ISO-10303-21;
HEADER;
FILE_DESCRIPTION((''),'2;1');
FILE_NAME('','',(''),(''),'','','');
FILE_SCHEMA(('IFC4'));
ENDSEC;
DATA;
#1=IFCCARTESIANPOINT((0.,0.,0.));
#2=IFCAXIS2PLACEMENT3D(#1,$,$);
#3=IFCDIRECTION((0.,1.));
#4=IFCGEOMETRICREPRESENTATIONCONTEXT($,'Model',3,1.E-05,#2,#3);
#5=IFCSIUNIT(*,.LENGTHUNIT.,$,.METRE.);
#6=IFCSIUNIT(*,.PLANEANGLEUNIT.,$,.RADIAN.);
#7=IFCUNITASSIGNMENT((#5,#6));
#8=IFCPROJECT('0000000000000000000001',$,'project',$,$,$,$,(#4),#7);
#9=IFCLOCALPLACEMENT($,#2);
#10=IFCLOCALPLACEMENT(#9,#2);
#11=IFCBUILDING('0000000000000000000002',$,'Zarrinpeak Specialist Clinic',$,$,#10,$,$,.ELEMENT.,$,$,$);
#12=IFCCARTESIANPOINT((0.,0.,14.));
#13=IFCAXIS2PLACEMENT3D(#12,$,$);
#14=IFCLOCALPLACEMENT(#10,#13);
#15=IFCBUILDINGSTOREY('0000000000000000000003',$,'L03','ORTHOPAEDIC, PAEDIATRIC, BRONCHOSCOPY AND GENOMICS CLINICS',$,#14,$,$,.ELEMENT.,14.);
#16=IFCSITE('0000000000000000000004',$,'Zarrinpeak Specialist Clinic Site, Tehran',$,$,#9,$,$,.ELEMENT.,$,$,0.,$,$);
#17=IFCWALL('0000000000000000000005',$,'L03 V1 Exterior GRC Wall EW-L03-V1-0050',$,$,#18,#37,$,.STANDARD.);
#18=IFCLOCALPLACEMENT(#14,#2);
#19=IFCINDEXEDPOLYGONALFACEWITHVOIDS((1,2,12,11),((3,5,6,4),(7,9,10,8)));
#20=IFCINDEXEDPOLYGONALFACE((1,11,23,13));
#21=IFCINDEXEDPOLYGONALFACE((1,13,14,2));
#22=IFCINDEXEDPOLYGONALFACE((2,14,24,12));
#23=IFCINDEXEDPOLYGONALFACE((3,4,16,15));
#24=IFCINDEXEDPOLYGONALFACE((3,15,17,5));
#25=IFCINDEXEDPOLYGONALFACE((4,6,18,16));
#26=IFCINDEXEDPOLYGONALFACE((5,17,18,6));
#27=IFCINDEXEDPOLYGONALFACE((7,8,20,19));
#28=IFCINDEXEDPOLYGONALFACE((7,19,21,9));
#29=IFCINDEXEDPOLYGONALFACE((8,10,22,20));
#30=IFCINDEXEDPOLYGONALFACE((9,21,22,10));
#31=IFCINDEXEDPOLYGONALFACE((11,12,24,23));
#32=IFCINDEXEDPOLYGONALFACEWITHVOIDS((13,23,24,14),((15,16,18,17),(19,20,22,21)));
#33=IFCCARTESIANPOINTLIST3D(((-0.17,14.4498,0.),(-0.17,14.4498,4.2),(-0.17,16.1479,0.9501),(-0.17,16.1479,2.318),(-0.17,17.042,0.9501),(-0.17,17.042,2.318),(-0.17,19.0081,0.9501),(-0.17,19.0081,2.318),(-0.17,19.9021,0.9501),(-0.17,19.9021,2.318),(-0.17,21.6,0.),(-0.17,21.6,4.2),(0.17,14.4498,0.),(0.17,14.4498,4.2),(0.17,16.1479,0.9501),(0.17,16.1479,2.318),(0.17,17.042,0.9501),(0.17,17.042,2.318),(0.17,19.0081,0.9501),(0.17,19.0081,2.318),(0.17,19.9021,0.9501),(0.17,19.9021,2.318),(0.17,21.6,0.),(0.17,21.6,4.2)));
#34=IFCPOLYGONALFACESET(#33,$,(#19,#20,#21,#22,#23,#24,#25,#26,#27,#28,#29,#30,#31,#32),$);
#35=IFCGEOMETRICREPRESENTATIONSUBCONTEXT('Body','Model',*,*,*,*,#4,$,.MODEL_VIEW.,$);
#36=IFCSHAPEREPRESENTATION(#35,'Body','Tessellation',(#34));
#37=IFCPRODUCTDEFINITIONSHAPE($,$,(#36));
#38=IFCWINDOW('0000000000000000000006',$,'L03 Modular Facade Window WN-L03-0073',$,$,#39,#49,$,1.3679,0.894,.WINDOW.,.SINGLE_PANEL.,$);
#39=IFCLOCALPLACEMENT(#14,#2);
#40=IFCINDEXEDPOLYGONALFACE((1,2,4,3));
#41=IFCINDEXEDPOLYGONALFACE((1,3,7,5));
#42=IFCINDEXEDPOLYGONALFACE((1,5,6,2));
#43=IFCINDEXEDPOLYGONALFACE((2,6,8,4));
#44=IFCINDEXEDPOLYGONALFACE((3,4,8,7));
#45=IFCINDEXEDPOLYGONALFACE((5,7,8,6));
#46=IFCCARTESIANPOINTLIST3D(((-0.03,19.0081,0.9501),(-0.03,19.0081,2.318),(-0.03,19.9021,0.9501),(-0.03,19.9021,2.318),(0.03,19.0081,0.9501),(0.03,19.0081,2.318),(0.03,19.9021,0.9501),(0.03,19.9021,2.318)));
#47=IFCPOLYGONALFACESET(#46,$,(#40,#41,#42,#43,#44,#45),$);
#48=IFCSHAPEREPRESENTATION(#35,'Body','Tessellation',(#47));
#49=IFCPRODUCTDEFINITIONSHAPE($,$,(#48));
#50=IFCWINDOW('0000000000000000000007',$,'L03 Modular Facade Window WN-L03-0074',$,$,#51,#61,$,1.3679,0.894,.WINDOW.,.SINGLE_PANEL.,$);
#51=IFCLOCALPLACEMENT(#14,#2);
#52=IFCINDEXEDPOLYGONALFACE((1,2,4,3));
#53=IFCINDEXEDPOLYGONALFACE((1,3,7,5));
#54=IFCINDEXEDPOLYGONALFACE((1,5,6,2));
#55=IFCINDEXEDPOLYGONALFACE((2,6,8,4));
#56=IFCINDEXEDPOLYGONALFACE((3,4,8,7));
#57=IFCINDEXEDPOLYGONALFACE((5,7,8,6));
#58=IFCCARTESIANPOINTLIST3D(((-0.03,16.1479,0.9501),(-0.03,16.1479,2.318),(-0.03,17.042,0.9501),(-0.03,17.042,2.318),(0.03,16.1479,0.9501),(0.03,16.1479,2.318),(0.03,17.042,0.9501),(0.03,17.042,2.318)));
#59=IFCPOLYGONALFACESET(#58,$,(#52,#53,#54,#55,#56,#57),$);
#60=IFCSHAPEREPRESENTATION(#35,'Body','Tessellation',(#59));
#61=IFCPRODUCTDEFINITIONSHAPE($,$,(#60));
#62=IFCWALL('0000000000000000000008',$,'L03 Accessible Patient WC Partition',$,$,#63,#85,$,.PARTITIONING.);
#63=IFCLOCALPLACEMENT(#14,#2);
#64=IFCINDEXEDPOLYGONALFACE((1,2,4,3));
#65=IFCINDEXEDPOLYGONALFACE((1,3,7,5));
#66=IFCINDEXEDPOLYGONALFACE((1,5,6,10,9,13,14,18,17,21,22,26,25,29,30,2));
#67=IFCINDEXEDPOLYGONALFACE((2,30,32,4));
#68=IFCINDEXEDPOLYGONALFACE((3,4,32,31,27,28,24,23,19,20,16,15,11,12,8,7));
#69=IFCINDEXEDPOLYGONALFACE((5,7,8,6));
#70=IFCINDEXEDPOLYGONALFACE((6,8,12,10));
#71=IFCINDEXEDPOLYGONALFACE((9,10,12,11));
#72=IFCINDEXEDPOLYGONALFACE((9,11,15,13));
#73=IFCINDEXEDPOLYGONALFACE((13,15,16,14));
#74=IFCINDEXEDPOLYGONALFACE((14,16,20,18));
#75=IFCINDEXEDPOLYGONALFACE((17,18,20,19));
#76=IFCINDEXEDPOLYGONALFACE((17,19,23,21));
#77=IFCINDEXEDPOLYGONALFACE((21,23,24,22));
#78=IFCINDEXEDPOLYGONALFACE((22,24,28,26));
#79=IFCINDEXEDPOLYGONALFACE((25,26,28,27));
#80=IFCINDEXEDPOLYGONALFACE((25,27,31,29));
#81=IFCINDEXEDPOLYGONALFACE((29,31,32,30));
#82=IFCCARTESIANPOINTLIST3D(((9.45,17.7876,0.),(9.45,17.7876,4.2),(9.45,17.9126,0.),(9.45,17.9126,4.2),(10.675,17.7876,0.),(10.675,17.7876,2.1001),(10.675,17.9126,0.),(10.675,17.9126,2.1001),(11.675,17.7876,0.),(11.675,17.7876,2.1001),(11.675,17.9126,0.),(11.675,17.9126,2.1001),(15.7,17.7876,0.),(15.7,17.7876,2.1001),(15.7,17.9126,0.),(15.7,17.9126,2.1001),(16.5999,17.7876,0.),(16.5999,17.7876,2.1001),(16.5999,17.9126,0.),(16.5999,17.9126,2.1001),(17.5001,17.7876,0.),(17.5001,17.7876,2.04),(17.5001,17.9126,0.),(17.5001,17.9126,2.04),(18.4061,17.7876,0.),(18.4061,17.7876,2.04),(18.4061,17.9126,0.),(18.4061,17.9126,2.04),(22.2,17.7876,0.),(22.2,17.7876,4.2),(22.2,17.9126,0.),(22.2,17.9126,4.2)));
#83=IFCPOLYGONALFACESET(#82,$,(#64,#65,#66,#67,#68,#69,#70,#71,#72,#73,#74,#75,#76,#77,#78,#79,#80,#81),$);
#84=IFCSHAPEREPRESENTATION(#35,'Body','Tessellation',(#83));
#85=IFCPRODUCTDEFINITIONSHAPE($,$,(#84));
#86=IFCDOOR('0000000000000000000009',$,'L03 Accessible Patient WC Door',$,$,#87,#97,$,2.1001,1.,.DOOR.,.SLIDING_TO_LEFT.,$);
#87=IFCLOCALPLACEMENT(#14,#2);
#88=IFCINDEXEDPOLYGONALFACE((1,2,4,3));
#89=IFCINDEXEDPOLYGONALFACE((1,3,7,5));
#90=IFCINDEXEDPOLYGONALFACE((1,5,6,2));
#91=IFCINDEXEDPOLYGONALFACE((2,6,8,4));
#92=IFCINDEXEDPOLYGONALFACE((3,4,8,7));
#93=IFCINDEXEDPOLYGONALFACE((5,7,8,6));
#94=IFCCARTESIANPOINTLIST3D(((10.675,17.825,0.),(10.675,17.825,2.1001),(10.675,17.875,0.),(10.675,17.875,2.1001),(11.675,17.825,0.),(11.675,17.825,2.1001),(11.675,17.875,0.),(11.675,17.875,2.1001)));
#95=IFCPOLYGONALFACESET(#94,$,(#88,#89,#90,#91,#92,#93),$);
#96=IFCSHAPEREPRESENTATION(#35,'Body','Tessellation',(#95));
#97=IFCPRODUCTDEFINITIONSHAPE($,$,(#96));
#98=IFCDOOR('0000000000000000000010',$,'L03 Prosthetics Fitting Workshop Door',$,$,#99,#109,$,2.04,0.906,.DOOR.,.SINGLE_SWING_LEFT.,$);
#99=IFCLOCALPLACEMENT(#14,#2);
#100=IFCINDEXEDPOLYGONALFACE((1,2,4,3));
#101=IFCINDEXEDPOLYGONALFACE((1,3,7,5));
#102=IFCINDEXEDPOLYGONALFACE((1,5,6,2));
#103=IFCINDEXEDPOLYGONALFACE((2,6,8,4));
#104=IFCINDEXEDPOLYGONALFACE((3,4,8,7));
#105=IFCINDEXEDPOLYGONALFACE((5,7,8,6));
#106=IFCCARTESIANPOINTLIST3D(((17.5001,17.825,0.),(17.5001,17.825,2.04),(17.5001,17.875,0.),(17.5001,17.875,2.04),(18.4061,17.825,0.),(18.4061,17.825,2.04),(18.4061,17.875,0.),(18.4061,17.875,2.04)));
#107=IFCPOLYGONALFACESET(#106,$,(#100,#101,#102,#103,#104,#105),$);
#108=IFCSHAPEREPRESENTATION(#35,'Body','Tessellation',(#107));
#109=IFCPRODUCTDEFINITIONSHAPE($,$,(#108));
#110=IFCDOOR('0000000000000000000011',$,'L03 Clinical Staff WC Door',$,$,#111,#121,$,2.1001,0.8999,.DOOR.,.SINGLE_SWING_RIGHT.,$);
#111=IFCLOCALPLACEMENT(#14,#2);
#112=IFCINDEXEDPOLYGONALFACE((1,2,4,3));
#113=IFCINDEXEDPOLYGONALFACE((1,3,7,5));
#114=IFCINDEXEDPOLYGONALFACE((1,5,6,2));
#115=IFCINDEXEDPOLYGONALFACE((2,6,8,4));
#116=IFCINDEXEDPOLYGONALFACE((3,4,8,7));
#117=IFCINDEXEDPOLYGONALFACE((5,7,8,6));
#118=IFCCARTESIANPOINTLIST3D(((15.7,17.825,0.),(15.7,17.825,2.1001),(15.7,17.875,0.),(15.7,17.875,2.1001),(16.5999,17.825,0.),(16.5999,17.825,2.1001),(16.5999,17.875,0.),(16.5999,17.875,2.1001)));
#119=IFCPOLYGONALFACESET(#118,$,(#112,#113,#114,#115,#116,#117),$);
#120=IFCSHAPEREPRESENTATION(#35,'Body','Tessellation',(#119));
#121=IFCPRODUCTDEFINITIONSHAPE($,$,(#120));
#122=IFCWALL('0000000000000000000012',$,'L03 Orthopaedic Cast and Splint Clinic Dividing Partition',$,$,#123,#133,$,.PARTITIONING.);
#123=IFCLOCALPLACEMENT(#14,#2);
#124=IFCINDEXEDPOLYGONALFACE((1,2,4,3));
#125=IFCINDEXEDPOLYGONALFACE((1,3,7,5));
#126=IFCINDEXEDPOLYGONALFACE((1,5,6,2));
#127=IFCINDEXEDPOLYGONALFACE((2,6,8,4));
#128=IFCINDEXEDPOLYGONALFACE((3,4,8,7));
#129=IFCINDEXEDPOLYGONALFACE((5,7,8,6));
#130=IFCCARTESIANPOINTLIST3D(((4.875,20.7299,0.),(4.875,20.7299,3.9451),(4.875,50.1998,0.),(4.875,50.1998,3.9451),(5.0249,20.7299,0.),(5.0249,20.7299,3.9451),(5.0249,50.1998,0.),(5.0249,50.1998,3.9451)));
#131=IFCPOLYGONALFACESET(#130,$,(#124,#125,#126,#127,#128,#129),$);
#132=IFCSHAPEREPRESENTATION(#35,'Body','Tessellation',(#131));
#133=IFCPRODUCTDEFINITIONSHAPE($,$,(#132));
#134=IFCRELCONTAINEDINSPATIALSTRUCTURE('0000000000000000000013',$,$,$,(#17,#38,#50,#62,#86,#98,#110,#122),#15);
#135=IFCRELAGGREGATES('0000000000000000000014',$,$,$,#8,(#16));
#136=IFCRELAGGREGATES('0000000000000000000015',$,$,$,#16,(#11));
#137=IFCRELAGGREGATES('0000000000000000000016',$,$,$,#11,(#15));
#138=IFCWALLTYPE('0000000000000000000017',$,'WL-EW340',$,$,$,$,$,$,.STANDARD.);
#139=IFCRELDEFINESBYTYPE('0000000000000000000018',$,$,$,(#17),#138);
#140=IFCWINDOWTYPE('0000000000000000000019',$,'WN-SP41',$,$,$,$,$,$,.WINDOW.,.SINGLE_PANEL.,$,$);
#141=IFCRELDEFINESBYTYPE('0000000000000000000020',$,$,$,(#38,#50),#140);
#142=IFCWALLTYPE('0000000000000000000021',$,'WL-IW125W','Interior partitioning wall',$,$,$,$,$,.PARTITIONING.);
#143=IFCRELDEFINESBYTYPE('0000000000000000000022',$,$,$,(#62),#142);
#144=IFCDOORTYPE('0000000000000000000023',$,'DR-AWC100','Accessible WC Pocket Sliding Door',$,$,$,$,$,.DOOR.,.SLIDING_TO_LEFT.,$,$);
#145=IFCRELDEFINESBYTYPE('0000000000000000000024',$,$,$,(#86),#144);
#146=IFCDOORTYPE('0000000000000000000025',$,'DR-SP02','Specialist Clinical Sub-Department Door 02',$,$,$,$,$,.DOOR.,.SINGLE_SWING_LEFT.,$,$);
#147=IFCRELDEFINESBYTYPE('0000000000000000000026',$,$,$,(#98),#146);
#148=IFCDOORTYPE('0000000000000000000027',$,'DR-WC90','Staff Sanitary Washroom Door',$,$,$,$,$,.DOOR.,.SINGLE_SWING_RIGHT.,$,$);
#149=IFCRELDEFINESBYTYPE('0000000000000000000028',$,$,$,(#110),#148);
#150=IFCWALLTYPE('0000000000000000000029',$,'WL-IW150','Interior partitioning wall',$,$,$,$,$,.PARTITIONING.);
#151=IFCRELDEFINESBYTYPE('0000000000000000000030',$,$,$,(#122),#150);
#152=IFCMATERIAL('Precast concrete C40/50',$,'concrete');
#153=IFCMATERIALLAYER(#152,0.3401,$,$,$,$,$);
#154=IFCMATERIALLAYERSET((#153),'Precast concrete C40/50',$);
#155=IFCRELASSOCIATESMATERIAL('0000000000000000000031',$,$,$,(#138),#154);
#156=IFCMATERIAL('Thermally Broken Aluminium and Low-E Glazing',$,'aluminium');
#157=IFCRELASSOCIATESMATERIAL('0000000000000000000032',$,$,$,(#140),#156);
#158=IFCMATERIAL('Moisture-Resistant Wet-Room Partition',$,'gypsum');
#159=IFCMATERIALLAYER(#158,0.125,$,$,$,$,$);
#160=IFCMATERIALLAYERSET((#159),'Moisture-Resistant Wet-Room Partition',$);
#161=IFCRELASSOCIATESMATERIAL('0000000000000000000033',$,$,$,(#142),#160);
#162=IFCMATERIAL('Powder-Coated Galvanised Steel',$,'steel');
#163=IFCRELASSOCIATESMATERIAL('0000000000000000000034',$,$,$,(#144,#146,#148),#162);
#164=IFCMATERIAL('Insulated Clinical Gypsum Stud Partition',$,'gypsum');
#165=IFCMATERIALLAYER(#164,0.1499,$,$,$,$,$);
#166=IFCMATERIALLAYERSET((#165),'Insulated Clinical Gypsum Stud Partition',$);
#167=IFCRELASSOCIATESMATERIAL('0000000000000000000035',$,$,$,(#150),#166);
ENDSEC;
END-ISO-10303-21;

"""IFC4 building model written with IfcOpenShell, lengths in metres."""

from ifc_helpers import new_model, si_unit, direction, frame, frame_2d, origin, place, context, subcontext, project, spatial, rectangle, extrude, material, layer, layer_set, type_object, element, fill, save


model = new_model("IFC4")

# Units and contexts
model_context = context("Model", 3, precision=1e-05, world=origin(), true_north=direction((0.0, 1.0)))
body_context = subcontext(model_context, "Body", "Model", "MODEL_VIEW")
ifc_project = project(units=[si_unit("LENGTHUNIT", "METRE"), si_unit("PLANEANGLEUNIT", "RADIAN")], contexts=[model_context])

# Site, building, storey
site_placement = place(None, origin())
site = spatial("IfcSite", under=ifc_project, at=site_placement, Name="Zarrinpeak Specialist Clinic Site, Tehran", CompositionType="ELEMENT", RefElevation=0.0)
building_placement = place(site_placement, origin())
building = spatial("IfcBuilding", under=site, at=building_placement, Name="Zarrinpeak Specialist Clinic", CompositionType="ELEMENT")
storey_placement = place(building_placement, frame((0.0, 0.0, 14.0)))
storey = spatial("IfcBuildingStorey", under=building, at=storey_placement, Name="L03", Description="ORTHOPAEDIC, PAEDIATRIC, BRONCHOSCOPY AND GENOMICS CLINICS", CompositionType="ELEMENT", Elevation=14.0)

# Wall, openings, windows
ifc_material_1 = material(Name="Precast concrete C40/50", Category="concrete")
ifc_layer_1 = layer(ifc_material_1, 0.3401)
ifc_layer_set_1 = layer_set([ifc_layer_1], Name="Precast concrete C40/50")
wall_type_1 = type_object("IfcWallType", Name="WL-EW340", PredefinedType="STANDARD", material=ifc_layer_set_1)
wall_1_placement = place(storey_placement, frame((0.0, 21.6001, 0.0), z_axis=(0.0, 0.0, 1.0), x_axis=(0.0, -1.0, 0.0)))
wall_1 = element("IfcWall", 1, at=wall_1_placement, inside=storey, type_object=wall_type_1, Name="L03 V1 Exterior GRC Wall EW-L03-V1-0050", PredefinedType="STANDARD", context=body_context, shape_type="SweptSolid", body=[
    extrude(rectangle(XDim=7.1501, YDim=0.3401, at=frame_2d((3.5752, 0.0))), origin(), (0.0, 0.0, 1.0), 4.2),
])
opening_1_placement = place(wall_1_placement, frame((1.698, 0.0, 0.95)))
opening_1 = element("IfcOpeningElement", 2, at=opening_1_placement, cuts=wall_1, PredefinedType="OPENING", context=body_context, shape_type="SweptSolid", body=[
    extrude(rectangle(XDim=0.894, YDim=1.3679, at=frame_2d((0.447, 0.6841))), frame((0.0, 0.1802, 0.0), z_axis=(0.0, -1.0, 0.0), x_axis=(1.0, 0.0, 0.0)), (0.0, 0.0, 1.0), 0.3601),
])
opening_2_placement = place(wall_1_placement, frame((4.5581, 0.0, 0.95)))
opening_2 = element("IfcOpeningElement", 3, at=opening_2_placement, cuts=wall_1, PredefinedType="OPENING", context=body_context, shape_type="SweptSolid", body=[
    extrude(rectangle(XDim=0.894, YDim=1.3679, at=frame_2d((0.447, 0.6841))), frame((0.0, 0.1802, 0.0), z_axis=(0.0, -1.0, 0.0), x_axis=(1.0, 0.0, 0.0)), (0.0, 0.0, 1.0), 0.3601),
])
ifc_material_2 = material(Name="Thermally Broken Aluminium and Low-E Glazing", Category="aluminium")
window_type = type_object("IfcWindowType", Name="WN-SP41", PartitioningType="SINGLE_PANEL", PredefinedType="WINDOW", material=ifc_material_2)
window_1_placement = place(opening_1_placement, origin())
window_1 = element("IfcWindow", 4, at=window_1_placement, inside=storey, type_object=window_type, Name="L03 Modular Facade Window WN-L03-0073", OverallHeight=1.3679, OverallWidth=0.894, PartitioningType="SINGLE_PANEL", PredefinedType="WINDOW", context=body_context, shape_type="SweptSolid", body=[
    extrude(rectangle(XDim=0.894, YDim=1.3679, at=frame_2d((0.447, 0.6841))), frame((0.0, 0.03, 0.0), z_axis=(0.0, -1.0, 0.0), x_axis=(1.0, 0.0, 0.0)), (0.0, 0.0, 1.0), 0.0601),
])
fill(opening_1, window_1)
window_2_placement = place(opening_2_placement, origin())
window_2 = element("IfcWindow", 5, at=window_2_placement, inside=storey, type_object=window_type, Name="L03 Modular Facade Window WN-L03-0074", OverallHeight=1.3679, OverallWidth=0.894, PartitioningType="SINGLE_PANEL", PredefinedType="WINDOW", context=body_context, shape_type="SweptSolid", body=[
    extrude(rectangle(XDim=0.894, YDim=1.3679, at=frame_2d((0.447, 0.6841))), frame((0.0, 0.03, 0.0), z_axis=(0.0, -1.0, 0.0), x_axis=(1.0, 0.0, 0.0)), (0.0, 0.0, 1.0), 0.0601),
])
fill(opening_2, window_2)

# Wall, openings, doors
ifc_material_3 = material(Name="Moisture-Resistant Wet-Room Partition", Category="gypsum")
ifc_layer_2 = layer(ifc_material_3, 0.125)
ifc_layer_set_2 = layer_set([ifc_layer_2], Name="Moisture-Resistant Wet-Room Partition")
wall_type_2 = type_object("IfcWallType", Name="WL-IW125W", Description="Interior partitioning wall", PredefinedType="PARTITIONING", material=ifc_layer_set_2)
wall_2_placement = place(storey_placement, frame((9.45, 17.8501, 0.0), z_axis=(0.0, 0.0, 1.0), x_axis=(1.0, 0.0, 0.0)))
wall_2 = element("IfcWall", 6, at=wall_2_placement, inside=storey, type_object=wall_type_2, Name="L03 Accessible Patient WC Partition", PredefinedType="PARTITIONING", context=body_context, shape_type="SweptSolid", body=[
    extrude(rectangle(XDim=12.75, YDim=0.125, at=frame_2d((6.375, 0.0))), origin(), (0.0, 0.0, 1.0), 4.2),
])
opening_3_placement = place(wall_2_placement, frame((1.2251, 0.0, 0.0)))
opening_3 = element("IfcOpeningElement", 7, at=opening_3_placement, cuts=wall_2, PredefinedType="OPENING", context=body_context, shape_type="SweptSolid", body=[
    extrude(rectangle(XDim=1.0, YDim=2.1001, at=frame_2d((0.5, 1.05))), frame((0.0, 0.0725, 0.0), z_axis=(0.0, -1.0, 0.0), x_axis=(1.0, 0.0, 0.0)), (0.0, 0.0, 1.0), 0.145),
])
opening_4_placement = place(wall_2_placement, frame((6.25, 0.0, 0.0)))
opening_4 = element("IfcOpeningElement", 8, at=opening_4_placement, cuts=wall_2, PredefinedType="OPENING", context=body_context, shape_type="SweptSolid", body=[
    extrude(rectangle(XDim=0.8999, YDim=2.1001, at=frame_2d((0.45, 1.05))), frame((0.0, 0.0725, 0.0), z_axis=(0.0, -1.0, 0.0), x_axis=(1.0, 0.0, 0.0)), (0.0, 0.0, 1.0), 0.145),
])
opening_5_placement = place(wall_2_placement, frame((8.05, 0.0, 0.0)))
opening_5 = element("IfcOpeningElement", 9, at=opening_5_placement, cuts=wall_2, PredefinedType="OPENING", context=body_context, shape_type="SweptSolid", body=[
    extrude(rectangle(XDim=0.906, YDim=2.04, at=frame_2d((0.4531, 1.02))), frame((0.0, 0.0725, 0.0), z_axis=(0.0, -1.0, 0.0), x_axis=(1.0, 0.0, 0.0)), (0.0, 0.0, 1.0), 0.145),
])
ifc_material_4 = material(Name="Powder-Coated Galvanised Steel", Category="steel")
door_type_1 = type_object("IfcDoorType", Name="DR-AWC100", Description="Accessible WC Pocket Sliding Door", OperationType="SLIDING_TO_LEFT", PredefinedType="DOOR", material=ifc_material_4)
door_1_placement = place(opening_3_placement, origin())
door_1 = element("IfcDoor", 10, at=door_1_placement, inside=storey, type_object=door_type_1, Name="L03 Accessible Patient WC Door", OperationType="SLIDING_TO_LEFT", OverallHeight=2.1001, OverallWidth=1.0, PredefinedType="DOOR", context=body_context, shape_type="SweptSolid", body=[
    extrude(rectangle(XDim=1.0, YDim=2.1001, at=frame_2d((0.5, 1.05))), frame((0.0, 0.0249, 0.0), z_axis=(0.0, -1.0, 0.0), x_axis=(1.0, 0.0, 0.0)), (0.0, 0.0, 1.0), 0.05),
])
fill(opening_3, door_1)
door_type_2 = type_object("IfcDoorType", Name="DR-SP02", Description="Specialist Clinical Sub-Department Door 02", OperationType="SINGLE_SWING_LEFT", PredefinedType="DOOR", material=ifc_material_4)
door_2_placement = place(opening_5_placement, origin())
door_2 = element("IfcDoor", 11, at=door_2_placement, inside=storey, type_object=door_type_2, Name="L03 Prosthetics Fitting Workshop Door", OperationType="SINGLE_SWING_LEFT", OverallHeight=2.04, OverallWidth=0.906, PredefinedType="DOOR", context=body_context, shape_type="SweptSolid", body=[
    extrude(rectangle(XDim=0.906, YDim=2.04, at=frame_2d((0.4531, 1.02))), frame((0.0, 0.0249, 0.0), z_axis=(0.0, -1.0, 0.0), x_axis=(1.0, 0.0, 0.0)), (0.0, 0.0, 1.0), 0.05),
])
fill(opening_5, door_2)
door_type_3 = type_object("IfcDoorType", Name="DR-WC90", Description="Staff Sanitary Washroom Door", OperationType="SINGLE_SWING_RIGHT", PredefinedType="DOOR", material=ifc_material_4)
door_3_placement = place(opening_4_placement, origin())
door_3 = element("IfcDoor", 12, at=door_3_placement, inside=storey, type_object=door_type_3, Name="L03 Clinical Staff WC Door", OperationType="SINGLE_SWING_RIGHT", OverallHeight=2.1001, OverallWidth=0.8999, PredefinedType="DOOR", context=body_context, shape_type="SweptSolid", body=[
    extrude(rectangle(XDim=0.8999, YDim=2.1001, at=frame_2d((0.45, 1.05))), frame((0.0, 0.0249, 0.0), z_axis=(0.0, -1.0, 0.0), x_axis=(1.0, 0.0, 0.0)), (0.0, 0.0, 1.0), 0.05),
])
fill(opening_4, door_3)

# Wall
ifc_material_5 = material(Name="Insulated Clinical Gypsum Stud Partition", Category="gypsum")
ifc_layer_3 = layer(ifc_material_5, 0.1499)
ifc_layer_set_3 = layer_set([ifc_layer_3], Name="Insulated Clinical Gypsum Stud Partition")
wall_type_3 = type_object("IfcWallType", Name="WL-IW150", Description="Interior partitioning wall", PredefinedType="PARTITIONING", material=ifc_layer_set_3)
wall_3_placement = place(storey_placement, frame((4.95, 20.73, 0.0), z_axis=(0.0, 0.0, 1.0), x_axis=(0.0, 1.0, 0.0)))
element("IfcWall", 13, at=wall_3_placement, inside=storey, type_object=wall_type_3, Name="L03 Orthopaedic Cast and Splint Clinic Dividing Partition", PredefinedType="PARTITIONING", context=body_context, shape_type="SweptSolid", body=[
    extrude(rectangle(XDim=29.47, YDim=0.1499, at=frame_2d((14.7349, 0.0))), origin(), (0.0, 0.0, 1.0), 3.9451),
])

save(model, "model.ifc")
